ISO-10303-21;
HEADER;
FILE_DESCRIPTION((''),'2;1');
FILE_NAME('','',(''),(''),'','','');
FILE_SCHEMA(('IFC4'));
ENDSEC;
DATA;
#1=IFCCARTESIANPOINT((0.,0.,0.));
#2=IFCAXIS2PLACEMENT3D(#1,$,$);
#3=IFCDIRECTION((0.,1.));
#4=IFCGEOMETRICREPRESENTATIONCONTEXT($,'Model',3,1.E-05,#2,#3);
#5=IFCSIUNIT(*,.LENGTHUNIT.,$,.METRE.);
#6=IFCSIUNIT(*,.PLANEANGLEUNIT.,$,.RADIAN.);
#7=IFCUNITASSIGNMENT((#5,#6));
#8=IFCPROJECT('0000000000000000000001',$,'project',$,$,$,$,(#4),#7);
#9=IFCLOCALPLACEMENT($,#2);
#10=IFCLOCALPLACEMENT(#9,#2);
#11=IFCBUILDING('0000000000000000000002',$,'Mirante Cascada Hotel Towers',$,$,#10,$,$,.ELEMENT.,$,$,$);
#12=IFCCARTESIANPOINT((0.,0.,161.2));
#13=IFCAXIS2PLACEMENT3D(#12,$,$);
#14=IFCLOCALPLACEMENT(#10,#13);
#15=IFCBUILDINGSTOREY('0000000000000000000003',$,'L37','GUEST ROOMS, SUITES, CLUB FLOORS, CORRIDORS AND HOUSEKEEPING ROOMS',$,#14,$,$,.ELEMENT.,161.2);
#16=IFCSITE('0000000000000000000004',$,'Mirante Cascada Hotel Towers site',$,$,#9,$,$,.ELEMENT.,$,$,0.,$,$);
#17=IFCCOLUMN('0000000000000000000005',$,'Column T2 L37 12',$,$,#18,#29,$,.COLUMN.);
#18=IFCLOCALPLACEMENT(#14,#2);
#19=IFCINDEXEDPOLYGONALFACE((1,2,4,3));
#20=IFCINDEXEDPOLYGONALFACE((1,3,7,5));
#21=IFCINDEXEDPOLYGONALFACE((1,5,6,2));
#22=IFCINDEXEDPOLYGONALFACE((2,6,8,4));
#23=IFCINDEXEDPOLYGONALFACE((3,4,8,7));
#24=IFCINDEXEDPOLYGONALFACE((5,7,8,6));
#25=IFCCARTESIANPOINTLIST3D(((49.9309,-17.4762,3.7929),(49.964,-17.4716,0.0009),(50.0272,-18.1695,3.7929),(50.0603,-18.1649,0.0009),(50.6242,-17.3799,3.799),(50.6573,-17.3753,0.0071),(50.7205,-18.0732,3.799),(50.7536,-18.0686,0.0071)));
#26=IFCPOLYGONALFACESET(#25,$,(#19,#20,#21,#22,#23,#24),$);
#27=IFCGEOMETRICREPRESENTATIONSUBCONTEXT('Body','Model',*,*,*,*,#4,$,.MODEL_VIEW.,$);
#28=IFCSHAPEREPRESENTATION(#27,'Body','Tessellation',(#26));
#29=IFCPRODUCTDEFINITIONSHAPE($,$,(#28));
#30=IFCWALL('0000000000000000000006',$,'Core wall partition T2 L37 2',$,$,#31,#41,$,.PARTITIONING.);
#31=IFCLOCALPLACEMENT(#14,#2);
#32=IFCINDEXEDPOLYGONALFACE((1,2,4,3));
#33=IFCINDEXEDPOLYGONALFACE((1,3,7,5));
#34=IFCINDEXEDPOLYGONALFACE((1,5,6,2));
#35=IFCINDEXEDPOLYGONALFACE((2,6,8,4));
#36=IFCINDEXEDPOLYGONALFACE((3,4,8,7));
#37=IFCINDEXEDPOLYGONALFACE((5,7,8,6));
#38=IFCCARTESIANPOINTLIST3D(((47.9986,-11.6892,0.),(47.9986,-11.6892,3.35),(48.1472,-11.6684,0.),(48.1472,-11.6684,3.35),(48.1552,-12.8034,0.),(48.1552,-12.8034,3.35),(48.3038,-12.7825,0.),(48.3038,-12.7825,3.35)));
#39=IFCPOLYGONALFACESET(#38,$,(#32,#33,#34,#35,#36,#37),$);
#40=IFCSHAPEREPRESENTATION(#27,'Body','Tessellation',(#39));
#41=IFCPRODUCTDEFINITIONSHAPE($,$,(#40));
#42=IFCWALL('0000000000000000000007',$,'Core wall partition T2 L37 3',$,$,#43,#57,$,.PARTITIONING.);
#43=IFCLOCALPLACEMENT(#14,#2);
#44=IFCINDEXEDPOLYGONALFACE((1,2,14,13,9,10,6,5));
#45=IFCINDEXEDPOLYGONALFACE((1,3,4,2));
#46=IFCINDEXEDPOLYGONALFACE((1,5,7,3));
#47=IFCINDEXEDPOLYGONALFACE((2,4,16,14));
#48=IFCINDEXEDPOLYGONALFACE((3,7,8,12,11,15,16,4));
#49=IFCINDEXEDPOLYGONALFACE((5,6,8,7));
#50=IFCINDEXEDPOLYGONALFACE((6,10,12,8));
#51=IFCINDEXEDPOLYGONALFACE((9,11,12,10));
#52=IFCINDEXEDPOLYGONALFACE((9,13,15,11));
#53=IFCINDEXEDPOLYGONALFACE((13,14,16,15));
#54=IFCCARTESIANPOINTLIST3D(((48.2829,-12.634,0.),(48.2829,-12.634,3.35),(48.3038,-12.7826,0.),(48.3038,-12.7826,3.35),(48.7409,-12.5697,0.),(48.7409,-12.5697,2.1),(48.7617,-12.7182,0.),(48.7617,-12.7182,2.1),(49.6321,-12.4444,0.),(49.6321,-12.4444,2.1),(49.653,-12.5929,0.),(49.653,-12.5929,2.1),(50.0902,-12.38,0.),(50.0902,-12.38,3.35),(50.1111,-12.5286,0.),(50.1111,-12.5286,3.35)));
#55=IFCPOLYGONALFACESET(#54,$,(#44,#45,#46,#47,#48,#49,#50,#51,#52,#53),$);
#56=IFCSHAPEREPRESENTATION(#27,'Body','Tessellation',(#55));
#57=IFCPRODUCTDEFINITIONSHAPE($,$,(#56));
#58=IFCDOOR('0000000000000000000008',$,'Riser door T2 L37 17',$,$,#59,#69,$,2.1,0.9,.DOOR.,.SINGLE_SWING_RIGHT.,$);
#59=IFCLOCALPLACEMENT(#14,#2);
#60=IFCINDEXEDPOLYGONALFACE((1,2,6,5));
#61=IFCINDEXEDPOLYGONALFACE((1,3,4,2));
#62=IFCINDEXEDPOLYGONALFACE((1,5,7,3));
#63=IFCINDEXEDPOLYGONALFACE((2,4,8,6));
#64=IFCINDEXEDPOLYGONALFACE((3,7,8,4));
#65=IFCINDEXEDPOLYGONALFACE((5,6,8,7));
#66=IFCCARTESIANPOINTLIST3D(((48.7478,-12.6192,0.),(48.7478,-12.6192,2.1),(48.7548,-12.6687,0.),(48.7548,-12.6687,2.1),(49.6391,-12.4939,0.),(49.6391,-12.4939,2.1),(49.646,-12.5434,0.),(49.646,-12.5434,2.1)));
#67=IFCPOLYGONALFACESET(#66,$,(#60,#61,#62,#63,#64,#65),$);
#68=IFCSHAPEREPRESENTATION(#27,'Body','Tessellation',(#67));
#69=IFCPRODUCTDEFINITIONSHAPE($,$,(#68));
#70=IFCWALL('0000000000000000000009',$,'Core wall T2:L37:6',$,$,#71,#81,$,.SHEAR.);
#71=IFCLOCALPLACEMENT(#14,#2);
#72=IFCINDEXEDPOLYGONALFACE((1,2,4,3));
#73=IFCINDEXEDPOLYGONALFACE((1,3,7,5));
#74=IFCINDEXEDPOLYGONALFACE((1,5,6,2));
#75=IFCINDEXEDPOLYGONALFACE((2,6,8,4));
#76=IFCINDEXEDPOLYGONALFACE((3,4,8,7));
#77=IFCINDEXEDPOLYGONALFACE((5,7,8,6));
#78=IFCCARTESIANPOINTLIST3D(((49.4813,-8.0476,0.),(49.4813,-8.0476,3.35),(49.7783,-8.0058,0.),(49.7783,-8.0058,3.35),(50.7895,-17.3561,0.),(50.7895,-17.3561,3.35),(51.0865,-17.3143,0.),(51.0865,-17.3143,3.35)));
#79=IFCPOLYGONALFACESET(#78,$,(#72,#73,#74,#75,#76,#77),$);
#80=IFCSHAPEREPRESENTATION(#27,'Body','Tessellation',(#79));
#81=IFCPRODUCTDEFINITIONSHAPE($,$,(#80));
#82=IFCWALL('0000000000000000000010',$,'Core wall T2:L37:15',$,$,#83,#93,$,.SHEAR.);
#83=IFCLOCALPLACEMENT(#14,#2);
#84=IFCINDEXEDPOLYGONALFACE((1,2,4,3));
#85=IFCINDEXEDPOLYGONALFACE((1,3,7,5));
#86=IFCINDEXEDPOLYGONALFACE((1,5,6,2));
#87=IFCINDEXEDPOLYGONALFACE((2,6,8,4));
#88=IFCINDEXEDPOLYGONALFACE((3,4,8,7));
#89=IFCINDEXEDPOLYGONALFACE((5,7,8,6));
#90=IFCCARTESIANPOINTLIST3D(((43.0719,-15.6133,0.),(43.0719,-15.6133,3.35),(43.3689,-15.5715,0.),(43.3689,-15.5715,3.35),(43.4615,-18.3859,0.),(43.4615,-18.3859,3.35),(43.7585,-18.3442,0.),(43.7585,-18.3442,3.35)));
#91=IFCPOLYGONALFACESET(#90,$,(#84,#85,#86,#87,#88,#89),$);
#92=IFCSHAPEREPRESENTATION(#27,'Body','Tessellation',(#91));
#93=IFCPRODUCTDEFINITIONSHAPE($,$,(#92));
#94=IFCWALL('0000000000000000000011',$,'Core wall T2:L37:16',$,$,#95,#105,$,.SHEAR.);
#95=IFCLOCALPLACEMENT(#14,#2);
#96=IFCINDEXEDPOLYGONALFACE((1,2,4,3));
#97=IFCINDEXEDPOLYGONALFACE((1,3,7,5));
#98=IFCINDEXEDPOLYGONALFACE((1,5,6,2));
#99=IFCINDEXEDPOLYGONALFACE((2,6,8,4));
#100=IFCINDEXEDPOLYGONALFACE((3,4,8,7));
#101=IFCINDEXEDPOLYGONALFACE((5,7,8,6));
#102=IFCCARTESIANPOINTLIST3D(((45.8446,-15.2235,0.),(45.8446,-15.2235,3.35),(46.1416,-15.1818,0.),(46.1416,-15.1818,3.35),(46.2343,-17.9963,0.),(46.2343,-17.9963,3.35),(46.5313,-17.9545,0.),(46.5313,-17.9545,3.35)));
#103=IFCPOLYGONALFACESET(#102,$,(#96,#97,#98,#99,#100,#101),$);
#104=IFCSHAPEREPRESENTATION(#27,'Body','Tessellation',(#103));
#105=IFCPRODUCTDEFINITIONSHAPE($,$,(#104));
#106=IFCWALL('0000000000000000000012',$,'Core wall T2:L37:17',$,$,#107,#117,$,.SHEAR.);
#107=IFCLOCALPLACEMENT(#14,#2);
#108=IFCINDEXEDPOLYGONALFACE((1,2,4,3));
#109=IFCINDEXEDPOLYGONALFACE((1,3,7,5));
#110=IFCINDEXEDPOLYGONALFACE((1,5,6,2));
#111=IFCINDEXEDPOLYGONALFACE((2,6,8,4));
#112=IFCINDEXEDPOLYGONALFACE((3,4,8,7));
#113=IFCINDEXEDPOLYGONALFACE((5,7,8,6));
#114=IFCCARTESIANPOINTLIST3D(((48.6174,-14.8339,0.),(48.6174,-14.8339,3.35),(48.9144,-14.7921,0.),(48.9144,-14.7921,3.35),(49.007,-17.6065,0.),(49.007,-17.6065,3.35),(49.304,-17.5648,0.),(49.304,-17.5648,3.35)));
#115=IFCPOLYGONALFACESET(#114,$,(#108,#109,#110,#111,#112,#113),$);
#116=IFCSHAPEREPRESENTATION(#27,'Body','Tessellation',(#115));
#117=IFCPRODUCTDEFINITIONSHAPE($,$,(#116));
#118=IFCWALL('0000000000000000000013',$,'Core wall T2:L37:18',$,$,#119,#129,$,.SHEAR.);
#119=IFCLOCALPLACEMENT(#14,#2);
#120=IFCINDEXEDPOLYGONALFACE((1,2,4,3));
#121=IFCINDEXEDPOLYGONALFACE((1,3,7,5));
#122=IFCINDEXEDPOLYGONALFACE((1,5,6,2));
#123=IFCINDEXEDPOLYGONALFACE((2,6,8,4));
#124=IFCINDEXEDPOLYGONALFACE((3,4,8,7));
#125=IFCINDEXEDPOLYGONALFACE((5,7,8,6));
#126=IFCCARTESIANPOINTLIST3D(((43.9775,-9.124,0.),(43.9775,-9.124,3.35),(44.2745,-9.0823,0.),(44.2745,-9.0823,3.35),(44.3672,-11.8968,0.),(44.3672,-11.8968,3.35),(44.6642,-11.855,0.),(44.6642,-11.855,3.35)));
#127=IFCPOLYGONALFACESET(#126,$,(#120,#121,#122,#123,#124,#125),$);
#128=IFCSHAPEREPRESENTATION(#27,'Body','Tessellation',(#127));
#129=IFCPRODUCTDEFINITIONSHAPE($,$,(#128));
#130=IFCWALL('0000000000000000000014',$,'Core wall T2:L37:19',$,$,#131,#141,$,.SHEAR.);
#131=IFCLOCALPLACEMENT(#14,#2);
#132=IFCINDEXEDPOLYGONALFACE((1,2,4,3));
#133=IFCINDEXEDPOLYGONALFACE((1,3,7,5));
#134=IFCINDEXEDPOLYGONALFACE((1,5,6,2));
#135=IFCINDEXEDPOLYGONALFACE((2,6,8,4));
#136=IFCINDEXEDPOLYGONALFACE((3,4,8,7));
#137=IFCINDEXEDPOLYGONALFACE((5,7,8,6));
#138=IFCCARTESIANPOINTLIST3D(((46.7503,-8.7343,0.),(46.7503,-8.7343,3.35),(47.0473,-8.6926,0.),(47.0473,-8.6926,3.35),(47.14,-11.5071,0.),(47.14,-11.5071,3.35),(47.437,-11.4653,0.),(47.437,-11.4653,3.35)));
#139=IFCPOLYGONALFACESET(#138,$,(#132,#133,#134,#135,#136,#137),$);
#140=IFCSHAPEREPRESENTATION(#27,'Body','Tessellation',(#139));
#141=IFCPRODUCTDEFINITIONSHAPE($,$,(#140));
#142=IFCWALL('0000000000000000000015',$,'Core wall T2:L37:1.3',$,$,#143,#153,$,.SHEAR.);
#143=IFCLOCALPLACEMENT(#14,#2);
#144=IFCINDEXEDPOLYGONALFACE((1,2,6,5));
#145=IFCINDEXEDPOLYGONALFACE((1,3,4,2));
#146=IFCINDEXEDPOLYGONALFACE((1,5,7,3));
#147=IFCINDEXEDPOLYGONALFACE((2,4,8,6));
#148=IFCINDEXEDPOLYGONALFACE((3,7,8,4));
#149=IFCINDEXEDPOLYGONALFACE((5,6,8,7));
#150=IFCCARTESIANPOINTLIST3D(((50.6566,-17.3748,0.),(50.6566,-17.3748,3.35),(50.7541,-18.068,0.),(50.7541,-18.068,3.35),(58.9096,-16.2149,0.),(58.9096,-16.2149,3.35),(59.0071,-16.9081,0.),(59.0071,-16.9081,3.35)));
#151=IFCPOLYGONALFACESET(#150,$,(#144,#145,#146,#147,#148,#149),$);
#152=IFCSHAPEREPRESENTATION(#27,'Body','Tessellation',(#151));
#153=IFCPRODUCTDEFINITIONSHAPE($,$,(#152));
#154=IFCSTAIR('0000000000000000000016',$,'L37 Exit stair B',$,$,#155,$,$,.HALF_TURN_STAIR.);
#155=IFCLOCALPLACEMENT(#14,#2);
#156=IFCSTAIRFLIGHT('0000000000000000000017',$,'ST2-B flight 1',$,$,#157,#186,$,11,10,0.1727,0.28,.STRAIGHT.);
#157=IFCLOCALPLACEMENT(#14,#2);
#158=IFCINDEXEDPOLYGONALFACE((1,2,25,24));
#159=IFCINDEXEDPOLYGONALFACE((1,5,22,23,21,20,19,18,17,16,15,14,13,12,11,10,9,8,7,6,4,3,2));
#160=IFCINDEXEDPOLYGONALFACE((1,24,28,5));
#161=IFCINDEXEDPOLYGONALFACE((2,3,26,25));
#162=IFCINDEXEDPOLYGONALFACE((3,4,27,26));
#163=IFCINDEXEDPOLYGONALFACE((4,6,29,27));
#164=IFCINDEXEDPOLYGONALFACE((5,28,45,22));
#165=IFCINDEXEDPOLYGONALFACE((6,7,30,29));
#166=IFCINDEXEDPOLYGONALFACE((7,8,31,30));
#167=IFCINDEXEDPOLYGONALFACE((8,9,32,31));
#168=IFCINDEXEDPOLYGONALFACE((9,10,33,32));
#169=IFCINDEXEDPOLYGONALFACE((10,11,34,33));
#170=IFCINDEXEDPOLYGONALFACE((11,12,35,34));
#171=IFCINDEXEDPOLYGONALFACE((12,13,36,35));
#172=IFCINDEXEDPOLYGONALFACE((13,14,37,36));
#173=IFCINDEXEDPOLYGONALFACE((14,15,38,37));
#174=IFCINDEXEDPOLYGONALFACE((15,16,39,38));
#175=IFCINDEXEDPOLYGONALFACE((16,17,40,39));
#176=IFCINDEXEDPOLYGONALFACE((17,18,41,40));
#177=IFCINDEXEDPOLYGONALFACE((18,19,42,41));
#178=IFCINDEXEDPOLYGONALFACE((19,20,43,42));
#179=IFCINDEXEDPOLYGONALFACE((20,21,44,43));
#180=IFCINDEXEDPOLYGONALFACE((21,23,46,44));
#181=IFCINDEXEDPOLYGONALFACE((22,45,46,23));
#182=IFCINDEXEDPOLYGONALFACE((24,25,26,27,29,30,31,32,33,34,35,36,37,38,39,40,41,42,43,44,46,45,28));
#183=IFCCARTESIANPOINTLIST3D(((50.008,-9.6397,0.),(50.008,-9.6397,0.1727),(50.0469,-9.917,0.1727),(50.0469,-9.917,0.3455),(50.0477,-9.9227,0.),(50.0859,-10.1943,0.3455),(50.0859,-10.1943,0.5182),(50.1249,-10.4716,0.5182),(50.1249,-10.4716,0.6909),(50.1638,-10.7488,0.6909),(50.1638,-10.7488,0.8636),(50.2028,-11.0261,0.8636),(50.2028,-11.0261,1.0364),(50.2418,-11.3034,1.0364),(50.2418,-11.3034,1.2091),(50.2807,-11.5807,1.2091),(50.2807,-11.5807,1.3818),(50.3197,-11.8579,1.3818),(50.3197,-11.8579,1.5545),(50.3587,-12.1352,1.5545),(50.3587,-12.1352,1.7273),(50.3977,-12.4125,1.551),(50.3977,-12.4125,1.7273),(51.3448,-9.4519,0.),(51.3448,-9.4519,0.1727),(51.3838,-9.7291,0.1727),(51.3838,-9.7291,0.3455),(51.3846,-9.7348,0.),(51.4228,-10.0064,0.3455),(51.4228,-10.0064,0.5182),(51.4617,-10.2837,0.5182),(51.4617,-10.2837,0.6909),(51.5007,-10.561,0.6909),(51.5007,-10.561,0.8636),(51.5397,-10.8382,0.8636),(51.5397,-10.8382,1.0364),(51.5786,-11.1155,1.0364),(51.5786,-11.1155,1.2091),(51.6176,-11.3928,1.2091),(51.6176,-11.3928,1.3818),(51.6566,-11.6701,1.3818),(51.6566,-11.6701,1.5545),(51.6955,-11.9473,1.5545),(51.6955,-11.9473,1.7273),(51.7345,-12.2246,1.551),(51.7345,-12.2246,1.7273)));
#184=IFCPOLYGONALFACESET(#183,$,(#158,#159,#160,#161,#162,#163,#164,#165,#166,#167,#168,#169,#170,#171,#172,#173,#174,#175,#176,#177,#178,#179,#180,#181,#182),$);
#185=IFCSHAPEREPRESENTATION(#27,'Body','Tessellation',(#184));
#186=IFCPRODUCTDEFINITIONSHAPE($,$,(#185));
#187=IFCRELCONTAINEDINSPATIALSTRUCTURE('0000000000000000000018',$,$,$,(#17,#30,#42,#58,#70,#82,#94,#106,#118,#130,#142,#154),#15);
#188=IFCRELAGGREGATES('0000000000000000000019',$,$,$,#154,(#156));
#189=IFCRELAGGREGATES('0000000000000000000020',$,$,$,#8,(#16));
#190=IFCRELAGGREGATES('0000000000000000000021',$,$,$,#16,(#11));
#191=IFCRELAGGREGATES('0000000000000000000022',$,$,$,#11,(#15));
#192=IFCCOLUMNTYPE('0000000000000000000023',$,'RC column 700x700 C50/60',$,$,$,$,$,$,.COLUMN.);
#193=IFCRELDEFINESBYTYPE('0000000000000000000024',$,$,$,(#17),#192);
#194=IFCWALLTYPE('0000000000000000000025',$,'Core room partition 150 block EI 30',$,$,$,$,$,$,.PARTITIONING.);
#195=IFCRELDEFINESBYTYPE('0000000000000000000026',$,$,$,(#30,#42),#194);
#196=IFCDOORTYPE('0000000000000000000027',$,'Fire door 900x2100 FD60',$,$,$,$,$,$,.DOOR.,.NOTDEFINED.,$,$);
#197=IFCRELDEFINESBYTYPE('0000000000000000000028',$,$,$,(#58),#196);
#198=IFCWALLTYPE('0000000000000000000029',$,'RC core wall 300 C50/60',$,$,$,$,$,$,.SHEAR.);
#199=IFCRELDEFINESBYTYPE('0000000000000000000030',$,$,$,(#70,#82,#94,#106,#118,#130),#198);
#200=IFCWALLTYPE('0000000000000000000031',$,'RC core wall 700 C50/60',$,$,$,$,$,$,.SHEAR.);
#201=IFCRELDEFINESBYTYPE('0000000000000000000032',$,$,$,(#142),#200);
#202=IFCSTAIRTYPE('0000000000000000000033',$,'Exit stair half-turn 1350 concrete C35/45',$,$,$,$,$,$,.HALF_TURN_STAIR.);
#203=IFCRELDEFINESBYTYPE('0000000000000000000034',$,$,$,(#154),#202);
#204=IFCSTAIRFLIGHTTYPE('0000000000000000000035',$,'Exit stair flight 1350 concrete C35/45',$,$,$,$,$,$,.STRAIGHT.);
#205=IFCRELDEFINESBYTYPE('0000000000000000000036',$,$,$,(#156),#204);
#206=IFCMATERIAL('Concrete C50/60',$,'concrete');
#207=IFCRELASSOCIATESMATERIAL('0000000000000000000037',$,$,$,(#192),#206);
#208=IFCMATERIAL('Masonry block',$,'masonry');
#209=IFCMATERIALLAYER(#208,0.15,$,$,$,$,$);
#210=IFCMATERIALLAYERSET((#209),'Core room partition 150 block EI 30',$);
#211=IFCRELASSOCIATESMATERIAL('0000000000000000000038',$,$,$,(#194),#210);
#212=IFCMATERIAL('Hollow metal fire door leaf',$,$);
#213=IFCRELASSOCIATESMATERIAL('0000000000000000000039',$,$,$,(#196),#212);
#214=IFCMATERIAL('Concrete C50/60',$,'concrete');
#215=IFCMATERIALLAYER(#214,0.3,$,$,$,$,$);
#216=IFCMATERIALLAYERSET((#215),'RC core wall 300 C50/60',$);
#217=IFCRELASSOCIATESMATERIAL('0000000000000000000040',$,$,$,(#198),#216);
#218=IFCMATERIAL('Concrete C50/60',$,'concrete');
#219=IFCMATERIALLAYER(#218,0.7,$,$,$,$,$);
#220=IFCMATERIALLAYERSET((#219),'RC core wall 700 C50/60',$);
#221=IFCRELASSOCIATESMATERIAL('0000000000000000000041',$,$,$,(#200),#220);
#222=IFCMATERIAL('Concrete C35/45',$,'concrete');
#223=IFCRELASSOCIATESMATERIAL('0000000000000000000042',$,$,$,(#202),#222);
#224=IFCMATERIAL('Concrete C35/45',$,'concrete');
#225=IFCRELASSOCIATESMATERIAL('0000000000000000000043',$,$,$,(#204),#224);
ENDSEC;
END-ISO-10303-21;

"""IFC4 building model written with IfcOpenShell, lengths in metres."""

from ifc_helpers import new_model, si_unit, direction, frame, frame_2d, origin, origin_2d, place, context, subcontext, project, spatial, polyline, rectangle, outline, extrude, material, layer, layer_set, material_profile, profile_set, type_object, element, fill, aggregate, save


model = new_model("IFC4")

# Units and contexts
model_context = context("Model", 3, precision=1e-05, world=origin(), true_north=direction((0.0, 1.0)))
body_context = subcontext(model_context, "Body", "Model", "MODEL_VIEW")
ifc_project = project(units=[si_unit("LENGTHUNIT", "METRE"), si_unit("PLANEANGLEUNIT", "RADIAN")], contexts=[model_context])

# Site, building, storey
site_placement = place(None, origin())
site = spatial("IfcSite", under=ifc_project, at=site_placement, Name="Mirante Cascada Hotel Towers site", CompositionType="ELEMENT", RefElevation=0.0)
building_placement = place(site_placement, origin())
building = spatial("IfcBuilding", under=site, at=building_placement, Name="Mirante Cascada Hotel Towers", CompositionType="ELEMENT")
storey_placement = place(building_placement, frame((0.0, 0.0, 161.2)))
storey = spatial("IfcBuildingStorey", under=building, at=storey_placement, Name="L37", Description="GUEST ROOMS, SUITES, CLUB FLOORS, CORRIDORS AND HOUSEKEEPING ROOMS", CompositionType="ELEMENT", Elevation=161.2)

# Column
ifc_material_1 = material(Name="Concrete C50/60", Category="concrete")
ifc_material_profile = material_profile(ifc_material_1, rectangle(XDim=0.7, YDim=0.7, at=origin_2d()), Name="RC column 700x700 C50/60")
ifc_profile_set = profile_set([ifc_material_profile], Name="Concrete C50/60")
column_type = type_object("IfcColumnType", Name="RC column 700x700 C50/60", PredefinedType="COLUMN", material=ifc_profile_set)
column_placement = place(storey_placement, frame((50.3588, -17.7701, 0.004), z_axis=(-0.008729, -0.001213, 0.999961), x_axis=(0.13765, -0.990481, 0.0)))
element("IfcColumn", 1, at=column_placement, inside=storey, type_object=column_type, Name="Column T2 L37 12", PredefinedType="COLUMN", context=body_context, shape_type="SweptSolid", body=[
    extrude(rectangle(XDim=0.7, YDim=0.7, at=origin_2d()), origin(), (0.0, 0.0, 1.0), 3.7921),
])

# Wall
ifc_material_2 = material(Name="Masonry block", Category="masonry")
ifc_layer_1 = layer(ifc_material_2, 0.15)
ifc_layer_set_1 = layer_set([ifc_layer_1], Name="Core room partition 150 block EI 30")
wall_type_1 = type_object("IfcWallType", Name="Core room partition 150 block EI 30", PredefinedType="PARTITIONING", material=ifc_layer_set_1)
wall_1_placement = place(storey_placement, frame((48.2295, -12.793, 0.0), z_axis=(0.0, 0.0, 1.0), x_axis=(-0.139193, 0.990265, 0.0)))
element("IfcWall", 2, at=wall_1_placement, inside=storey, type_object=wall_type_1, Name="Core wall partition T2 L37 2", PredefinedType="PARTITIONING", context=body_context, shape_type="SweptSolid", body=[
    extrude(rectangle(XDim=1.1251, YDim=0.15, at=frame_2d((0.5626, 0.0))), origin(), (0.0, 0.0, 1.0), 3.35),
])

# Wall, opening, door
wall_2_placement = place(storey_placement, frame((48.2933, -12.7083, 0.0), z_axis=(0.0, 0.0, 1.0), x_axis=(0.990268, 0.139173, 0.0)))
wall_2 = element("IfcWall", 3, at=wall_2_placement, inside=storey, type_object=wall_type_1, Name="Core wall partition T2 L37 3", PredefinedType="PARTITIONING", context=body_context, shape_type="SweptSolid", body=[
    extrude(rectangle(XDim=1.8251, YDim=0.15, at=frame_2d((0.9126, 0.0))), origin(), (0.0, 0.0, 1.0), 3.35),
])
opening_placement = place(wall_2_placement, frame((0.4625, 0.0, 0.0)))
opening = element("IfcOpeningElement", 4, at=opening_placement, cuts=wall_2, PredefinedType="OPENING", context=body_context, shape_type="SweptSolid", body=[
    extrude(rectangle(XDim=0.9, YDim=2.1, at=frame_2d((0.45, 1.05))), frame((0.0, 0.075, 0.0), z_axis=(0.0, -1.0, 0.0), x_axis=(1.0, 0.0, 0.0)), (0.0, 0.0, 1.0), 0.15),
])
ifc_material_3 = material(Name="Hollow metal fire door leaf")
door_type = type_object("IfcDoorType", Name="Fire door 900x2100 FD60", OperationType="NOTDEFINED", PredefinedType="DOOR", material=ifc_material_3)
door_placement = place(opening_placement, frame((0.9, 0.0, 0.0), z_axis=(0.0, 0.0, 1.0), x_axis=(-1.0, 0.0, 0.0)))
door = element("IfcDoor", 5, at=door_placement, inside=storey, type_object=door_type, Name="Riser door T2 L37 17", OperationType="SINGLE_SWING_RIGHT", OverallHeight=2.1, OverallWidth=0.9, PredefinedType="DOOR", context=body_context, shape_type="SweptSolid", body=[
    extrude(rectangle(XDim=0.9, YDim=2.1, at=frame_2d((0.45, 1.05))), frame((0.0, 0.025, 0.0), z_axis=(0.0, -1.0, 0.0), x_axis=(1.0, 0.0, 0.0)), (0.0, 0.0, 1.0), 0.05),
])
fill(opening, door)

# Walls
ifc_material_4 = material(Name="Concrete C50/60", Category="concrete")
ifc_layer_2 = layer(ifc_material_4, 0.3)
ifc_layer_set_2 = layer_set([ifc_layer_2], Name="RC core wall 300 C50/60")
wall_type_2 = type_object("IfcWallType", Name="RC core wall 300 C50/60", PredefinedType="SHEAR", material=ifc_layer_set_2)
wall_3_placement = place(storey_placement, frame((50.938, -17.3352, 0.0), z_axis=(0.0, 0.0, 1.0), x_axis=(-0.139171, 0.990268, 0.0)))
element("IfcWall", 6, at=wall_3_placement, inside=storey, type_object=wall_type_2, Name="Core wall T2:L37:6", PredefinedType="SHEAR", context=body_context, shape_type="SweptSolid", body=[
    extrude(rectangle(XDim=9.4, YDim=0.3, at=frame_2d((4.7, 0.0))), origin(), (0.0, 0.0, 1.0), 3.35),
])
wall_4_placement = place(storey_placement, frame((43.61, -18.3651, 0.0), z_axis=(0.0, 0.0, 1.0), x_axis=(-0.139146, 0.990272, 0.0)))
element("IfcWall", 7, at=wall_4_placement, inside=storey, type_object=wall_type_2, Name="Core wall T2:L37:15", PredefinedType="SHEAR", context=body_context, shape_type="SweptSolid", body=[
    extrude(rectangle(XDim=2.7999, YDim=0.3, at=frame_2d((1.4, 0.0))), origin(), (0.0, 0.0, 1.0), 3.35),
])
wall_5_placement = place(storey_placement, frame((46.3828, -17.9754, 0.0), z_axis=(0.0, 0.0, 1.0), x_axis=(-0.139181, 0.990267, 0.0)))
element("IfcWall", 8, at=wall_5_placement, inside=storey, type_object=wall_type_2, Name="Core wall T2:L37:16", PredefinedType="SHEAR", context=body_context, shape_type="SweptSolid", body=[
    extrude(rectangle(XDim=2.8, YDim=0.3, at=frame_2d((1.4, 0.0))), origin(), (0.0, 0.0, 1.0), 3.35),
])
wall_6_placement = place(storey_placement, frame((49.1555, -17.5857, 0.0), z_axis=(0.0, 0.0, 1.0), x_axis=(-0.139146, 0.990272, 0.0)))
element("IfcWall", 9, at=wall_6_placement, inside=storey, type_object=wall_type_2, Name="Core wall T2:L37:17", PredefinedType="SHEAR", context=body_context, shape_type="SweptSolid", body=[
    extrude(rectangle(XDim=2.7999, YDim=0.3, at=frame_2d((1.4, 0.0))), origin(), (0.0, 0.0, 1.0), 3.35),
])
for number, where, z_axis, x_axis, name in (
    (10, (44.5157, -11.8759, 0.0), (0.0, 0.0, 1.0), (-0.139181, 0.990267, 0.0), "Core wall T2:L37:18"),
    (11, (47.2885, -11.4862, 0.0), (0.0, 0.0, 1.0), (-0.139181, 0.990267, 0.0), "Core wall T2:L37:19"),
):
    element("IfcWall", number, at=place(storey_placement, frame(where, z_axis=z_axis, x_axis=x_axis)), inside=storey, type_object=wall_type_2, Name=name, PredefinedType="SHEAR", context=body_context, shape_type="SweptSolid", body=[
        extrude(rectangle(XDim=2.8, YDim=0.3, at=frame_2d((1.4, 0.0))), origin(), (0.0, 0.0, 1.0), 3.35),
    ])
ifc_material_5 = material(Name="Concrete C50/60", Category="concrete")
ifc_layer_3 = layer(ifc_material_5, 0.7)
ifc_layer_set_3 = layer_set([ifc_layer_3], Name="RC core wall 700 C50/60")
wall_type_3 = type_object("IfcWallType", Name="RC core wall 700 C50/60", PredefinedType="SHEAR", material=ifc_layer_set_3)
wall_7_placement = place(storey_placement, frame((50.7054, -17.7214, 0.0), z_axis=(0.0, 0.0, 1.0), x_axis=(0.990268, 0.139175, 0.0)))
element("IfcWall", 12, at=wall_7_placement, inside=storey, type_object=wall_type_3, Name="Core wall T2:L37:1.3", PredefinedType="SHEAR", context=body_context, shape_type="SweptSolid", body=[
    extrude(rectangle(XDim=8.3341, YDim=0.7, at=frame_2d((4.167, 0.0))), origin(), (0.0, 0.0, 1.0), 3.35),
])

# Stair, stair flight
ifc_material_6 = material(Name="Concrete C35/45", Category="concrete")
stair_type = type_object("IfcStairType", Name="Exit stair half-turn 1350 concrete C35/45", PredefinedType="HALF_TURN_STAIR", material=ifc_material_6)
stair_placement = place(storey_placement, origin())
stair = element("IfcStair", 13, at=stair_placement, inside=storey, type_object=stair_type, Name="L37 Exit stair B", PredefinedType="HALF_TURN_STAIR")
ifc_material_7 = material(Name="Concrete C35/45", Category="concrete")
stair_flight_type = type_object("IfcStairFlightType", Name="Exit stair flight 1350 concrete C35/45", PredefinedType="STRAIGHT", material=ifc_material_7)
stair_flight_1_placement = place(storey_placement, frame((50.6764, -9.5458, 0.0), z_axis=(0.0, 0.0, 1.0), x_axis=(0.139173, -0.990268, 0.0)))
stair_flight_1 = element("IfcStairFlight", 14, at=stair_flight_1_placement, type_object=stair_flight_type, Name="ST2-B flight 1", NumberOfRisers=11, NumberOfTreads=10, PredefinedType="STRAIGHT", RiserHeight=0.1727, TreadLength=0.28, context=body_context, shape_type="SweptSolid", body=[
    extrude(outline(polyline([(0.0, 0.0), (0.0, 0.1727), (0.28, 0.1727), (0.28, 0.3455), (0.56, 0.3455), (0.56, 0.5182), (0.84, 0.5182), (0.84, 0.6909), (1.12, 0.6909), (1.12, 0.8636), (1.4, 0.8636), (1.4, 1.0364), (1.68, 1.0364), (1.68, 1.2091), (1.96, 1.2091), (1.96, 1.3818), (2.24, 1.3818), (2.24, 1.5545), (2.52, 1.5545), (2.52, 1.7273), (2.8, 1.7273), (2.8, 1.9), (2.8, 1.551), (0.2857, 0.0), (0.0, 0.0)])), frame((0.0, 0.675, 0.0), z_axis=(0.0, -1.0, 0.0), x_axis=(1.0, 0.0, 0.0)), (0.0, 0.0, 1.0), 1.35),
])
aggregate(stair, [stair_flight_1])

save(model, "model.ifc")
